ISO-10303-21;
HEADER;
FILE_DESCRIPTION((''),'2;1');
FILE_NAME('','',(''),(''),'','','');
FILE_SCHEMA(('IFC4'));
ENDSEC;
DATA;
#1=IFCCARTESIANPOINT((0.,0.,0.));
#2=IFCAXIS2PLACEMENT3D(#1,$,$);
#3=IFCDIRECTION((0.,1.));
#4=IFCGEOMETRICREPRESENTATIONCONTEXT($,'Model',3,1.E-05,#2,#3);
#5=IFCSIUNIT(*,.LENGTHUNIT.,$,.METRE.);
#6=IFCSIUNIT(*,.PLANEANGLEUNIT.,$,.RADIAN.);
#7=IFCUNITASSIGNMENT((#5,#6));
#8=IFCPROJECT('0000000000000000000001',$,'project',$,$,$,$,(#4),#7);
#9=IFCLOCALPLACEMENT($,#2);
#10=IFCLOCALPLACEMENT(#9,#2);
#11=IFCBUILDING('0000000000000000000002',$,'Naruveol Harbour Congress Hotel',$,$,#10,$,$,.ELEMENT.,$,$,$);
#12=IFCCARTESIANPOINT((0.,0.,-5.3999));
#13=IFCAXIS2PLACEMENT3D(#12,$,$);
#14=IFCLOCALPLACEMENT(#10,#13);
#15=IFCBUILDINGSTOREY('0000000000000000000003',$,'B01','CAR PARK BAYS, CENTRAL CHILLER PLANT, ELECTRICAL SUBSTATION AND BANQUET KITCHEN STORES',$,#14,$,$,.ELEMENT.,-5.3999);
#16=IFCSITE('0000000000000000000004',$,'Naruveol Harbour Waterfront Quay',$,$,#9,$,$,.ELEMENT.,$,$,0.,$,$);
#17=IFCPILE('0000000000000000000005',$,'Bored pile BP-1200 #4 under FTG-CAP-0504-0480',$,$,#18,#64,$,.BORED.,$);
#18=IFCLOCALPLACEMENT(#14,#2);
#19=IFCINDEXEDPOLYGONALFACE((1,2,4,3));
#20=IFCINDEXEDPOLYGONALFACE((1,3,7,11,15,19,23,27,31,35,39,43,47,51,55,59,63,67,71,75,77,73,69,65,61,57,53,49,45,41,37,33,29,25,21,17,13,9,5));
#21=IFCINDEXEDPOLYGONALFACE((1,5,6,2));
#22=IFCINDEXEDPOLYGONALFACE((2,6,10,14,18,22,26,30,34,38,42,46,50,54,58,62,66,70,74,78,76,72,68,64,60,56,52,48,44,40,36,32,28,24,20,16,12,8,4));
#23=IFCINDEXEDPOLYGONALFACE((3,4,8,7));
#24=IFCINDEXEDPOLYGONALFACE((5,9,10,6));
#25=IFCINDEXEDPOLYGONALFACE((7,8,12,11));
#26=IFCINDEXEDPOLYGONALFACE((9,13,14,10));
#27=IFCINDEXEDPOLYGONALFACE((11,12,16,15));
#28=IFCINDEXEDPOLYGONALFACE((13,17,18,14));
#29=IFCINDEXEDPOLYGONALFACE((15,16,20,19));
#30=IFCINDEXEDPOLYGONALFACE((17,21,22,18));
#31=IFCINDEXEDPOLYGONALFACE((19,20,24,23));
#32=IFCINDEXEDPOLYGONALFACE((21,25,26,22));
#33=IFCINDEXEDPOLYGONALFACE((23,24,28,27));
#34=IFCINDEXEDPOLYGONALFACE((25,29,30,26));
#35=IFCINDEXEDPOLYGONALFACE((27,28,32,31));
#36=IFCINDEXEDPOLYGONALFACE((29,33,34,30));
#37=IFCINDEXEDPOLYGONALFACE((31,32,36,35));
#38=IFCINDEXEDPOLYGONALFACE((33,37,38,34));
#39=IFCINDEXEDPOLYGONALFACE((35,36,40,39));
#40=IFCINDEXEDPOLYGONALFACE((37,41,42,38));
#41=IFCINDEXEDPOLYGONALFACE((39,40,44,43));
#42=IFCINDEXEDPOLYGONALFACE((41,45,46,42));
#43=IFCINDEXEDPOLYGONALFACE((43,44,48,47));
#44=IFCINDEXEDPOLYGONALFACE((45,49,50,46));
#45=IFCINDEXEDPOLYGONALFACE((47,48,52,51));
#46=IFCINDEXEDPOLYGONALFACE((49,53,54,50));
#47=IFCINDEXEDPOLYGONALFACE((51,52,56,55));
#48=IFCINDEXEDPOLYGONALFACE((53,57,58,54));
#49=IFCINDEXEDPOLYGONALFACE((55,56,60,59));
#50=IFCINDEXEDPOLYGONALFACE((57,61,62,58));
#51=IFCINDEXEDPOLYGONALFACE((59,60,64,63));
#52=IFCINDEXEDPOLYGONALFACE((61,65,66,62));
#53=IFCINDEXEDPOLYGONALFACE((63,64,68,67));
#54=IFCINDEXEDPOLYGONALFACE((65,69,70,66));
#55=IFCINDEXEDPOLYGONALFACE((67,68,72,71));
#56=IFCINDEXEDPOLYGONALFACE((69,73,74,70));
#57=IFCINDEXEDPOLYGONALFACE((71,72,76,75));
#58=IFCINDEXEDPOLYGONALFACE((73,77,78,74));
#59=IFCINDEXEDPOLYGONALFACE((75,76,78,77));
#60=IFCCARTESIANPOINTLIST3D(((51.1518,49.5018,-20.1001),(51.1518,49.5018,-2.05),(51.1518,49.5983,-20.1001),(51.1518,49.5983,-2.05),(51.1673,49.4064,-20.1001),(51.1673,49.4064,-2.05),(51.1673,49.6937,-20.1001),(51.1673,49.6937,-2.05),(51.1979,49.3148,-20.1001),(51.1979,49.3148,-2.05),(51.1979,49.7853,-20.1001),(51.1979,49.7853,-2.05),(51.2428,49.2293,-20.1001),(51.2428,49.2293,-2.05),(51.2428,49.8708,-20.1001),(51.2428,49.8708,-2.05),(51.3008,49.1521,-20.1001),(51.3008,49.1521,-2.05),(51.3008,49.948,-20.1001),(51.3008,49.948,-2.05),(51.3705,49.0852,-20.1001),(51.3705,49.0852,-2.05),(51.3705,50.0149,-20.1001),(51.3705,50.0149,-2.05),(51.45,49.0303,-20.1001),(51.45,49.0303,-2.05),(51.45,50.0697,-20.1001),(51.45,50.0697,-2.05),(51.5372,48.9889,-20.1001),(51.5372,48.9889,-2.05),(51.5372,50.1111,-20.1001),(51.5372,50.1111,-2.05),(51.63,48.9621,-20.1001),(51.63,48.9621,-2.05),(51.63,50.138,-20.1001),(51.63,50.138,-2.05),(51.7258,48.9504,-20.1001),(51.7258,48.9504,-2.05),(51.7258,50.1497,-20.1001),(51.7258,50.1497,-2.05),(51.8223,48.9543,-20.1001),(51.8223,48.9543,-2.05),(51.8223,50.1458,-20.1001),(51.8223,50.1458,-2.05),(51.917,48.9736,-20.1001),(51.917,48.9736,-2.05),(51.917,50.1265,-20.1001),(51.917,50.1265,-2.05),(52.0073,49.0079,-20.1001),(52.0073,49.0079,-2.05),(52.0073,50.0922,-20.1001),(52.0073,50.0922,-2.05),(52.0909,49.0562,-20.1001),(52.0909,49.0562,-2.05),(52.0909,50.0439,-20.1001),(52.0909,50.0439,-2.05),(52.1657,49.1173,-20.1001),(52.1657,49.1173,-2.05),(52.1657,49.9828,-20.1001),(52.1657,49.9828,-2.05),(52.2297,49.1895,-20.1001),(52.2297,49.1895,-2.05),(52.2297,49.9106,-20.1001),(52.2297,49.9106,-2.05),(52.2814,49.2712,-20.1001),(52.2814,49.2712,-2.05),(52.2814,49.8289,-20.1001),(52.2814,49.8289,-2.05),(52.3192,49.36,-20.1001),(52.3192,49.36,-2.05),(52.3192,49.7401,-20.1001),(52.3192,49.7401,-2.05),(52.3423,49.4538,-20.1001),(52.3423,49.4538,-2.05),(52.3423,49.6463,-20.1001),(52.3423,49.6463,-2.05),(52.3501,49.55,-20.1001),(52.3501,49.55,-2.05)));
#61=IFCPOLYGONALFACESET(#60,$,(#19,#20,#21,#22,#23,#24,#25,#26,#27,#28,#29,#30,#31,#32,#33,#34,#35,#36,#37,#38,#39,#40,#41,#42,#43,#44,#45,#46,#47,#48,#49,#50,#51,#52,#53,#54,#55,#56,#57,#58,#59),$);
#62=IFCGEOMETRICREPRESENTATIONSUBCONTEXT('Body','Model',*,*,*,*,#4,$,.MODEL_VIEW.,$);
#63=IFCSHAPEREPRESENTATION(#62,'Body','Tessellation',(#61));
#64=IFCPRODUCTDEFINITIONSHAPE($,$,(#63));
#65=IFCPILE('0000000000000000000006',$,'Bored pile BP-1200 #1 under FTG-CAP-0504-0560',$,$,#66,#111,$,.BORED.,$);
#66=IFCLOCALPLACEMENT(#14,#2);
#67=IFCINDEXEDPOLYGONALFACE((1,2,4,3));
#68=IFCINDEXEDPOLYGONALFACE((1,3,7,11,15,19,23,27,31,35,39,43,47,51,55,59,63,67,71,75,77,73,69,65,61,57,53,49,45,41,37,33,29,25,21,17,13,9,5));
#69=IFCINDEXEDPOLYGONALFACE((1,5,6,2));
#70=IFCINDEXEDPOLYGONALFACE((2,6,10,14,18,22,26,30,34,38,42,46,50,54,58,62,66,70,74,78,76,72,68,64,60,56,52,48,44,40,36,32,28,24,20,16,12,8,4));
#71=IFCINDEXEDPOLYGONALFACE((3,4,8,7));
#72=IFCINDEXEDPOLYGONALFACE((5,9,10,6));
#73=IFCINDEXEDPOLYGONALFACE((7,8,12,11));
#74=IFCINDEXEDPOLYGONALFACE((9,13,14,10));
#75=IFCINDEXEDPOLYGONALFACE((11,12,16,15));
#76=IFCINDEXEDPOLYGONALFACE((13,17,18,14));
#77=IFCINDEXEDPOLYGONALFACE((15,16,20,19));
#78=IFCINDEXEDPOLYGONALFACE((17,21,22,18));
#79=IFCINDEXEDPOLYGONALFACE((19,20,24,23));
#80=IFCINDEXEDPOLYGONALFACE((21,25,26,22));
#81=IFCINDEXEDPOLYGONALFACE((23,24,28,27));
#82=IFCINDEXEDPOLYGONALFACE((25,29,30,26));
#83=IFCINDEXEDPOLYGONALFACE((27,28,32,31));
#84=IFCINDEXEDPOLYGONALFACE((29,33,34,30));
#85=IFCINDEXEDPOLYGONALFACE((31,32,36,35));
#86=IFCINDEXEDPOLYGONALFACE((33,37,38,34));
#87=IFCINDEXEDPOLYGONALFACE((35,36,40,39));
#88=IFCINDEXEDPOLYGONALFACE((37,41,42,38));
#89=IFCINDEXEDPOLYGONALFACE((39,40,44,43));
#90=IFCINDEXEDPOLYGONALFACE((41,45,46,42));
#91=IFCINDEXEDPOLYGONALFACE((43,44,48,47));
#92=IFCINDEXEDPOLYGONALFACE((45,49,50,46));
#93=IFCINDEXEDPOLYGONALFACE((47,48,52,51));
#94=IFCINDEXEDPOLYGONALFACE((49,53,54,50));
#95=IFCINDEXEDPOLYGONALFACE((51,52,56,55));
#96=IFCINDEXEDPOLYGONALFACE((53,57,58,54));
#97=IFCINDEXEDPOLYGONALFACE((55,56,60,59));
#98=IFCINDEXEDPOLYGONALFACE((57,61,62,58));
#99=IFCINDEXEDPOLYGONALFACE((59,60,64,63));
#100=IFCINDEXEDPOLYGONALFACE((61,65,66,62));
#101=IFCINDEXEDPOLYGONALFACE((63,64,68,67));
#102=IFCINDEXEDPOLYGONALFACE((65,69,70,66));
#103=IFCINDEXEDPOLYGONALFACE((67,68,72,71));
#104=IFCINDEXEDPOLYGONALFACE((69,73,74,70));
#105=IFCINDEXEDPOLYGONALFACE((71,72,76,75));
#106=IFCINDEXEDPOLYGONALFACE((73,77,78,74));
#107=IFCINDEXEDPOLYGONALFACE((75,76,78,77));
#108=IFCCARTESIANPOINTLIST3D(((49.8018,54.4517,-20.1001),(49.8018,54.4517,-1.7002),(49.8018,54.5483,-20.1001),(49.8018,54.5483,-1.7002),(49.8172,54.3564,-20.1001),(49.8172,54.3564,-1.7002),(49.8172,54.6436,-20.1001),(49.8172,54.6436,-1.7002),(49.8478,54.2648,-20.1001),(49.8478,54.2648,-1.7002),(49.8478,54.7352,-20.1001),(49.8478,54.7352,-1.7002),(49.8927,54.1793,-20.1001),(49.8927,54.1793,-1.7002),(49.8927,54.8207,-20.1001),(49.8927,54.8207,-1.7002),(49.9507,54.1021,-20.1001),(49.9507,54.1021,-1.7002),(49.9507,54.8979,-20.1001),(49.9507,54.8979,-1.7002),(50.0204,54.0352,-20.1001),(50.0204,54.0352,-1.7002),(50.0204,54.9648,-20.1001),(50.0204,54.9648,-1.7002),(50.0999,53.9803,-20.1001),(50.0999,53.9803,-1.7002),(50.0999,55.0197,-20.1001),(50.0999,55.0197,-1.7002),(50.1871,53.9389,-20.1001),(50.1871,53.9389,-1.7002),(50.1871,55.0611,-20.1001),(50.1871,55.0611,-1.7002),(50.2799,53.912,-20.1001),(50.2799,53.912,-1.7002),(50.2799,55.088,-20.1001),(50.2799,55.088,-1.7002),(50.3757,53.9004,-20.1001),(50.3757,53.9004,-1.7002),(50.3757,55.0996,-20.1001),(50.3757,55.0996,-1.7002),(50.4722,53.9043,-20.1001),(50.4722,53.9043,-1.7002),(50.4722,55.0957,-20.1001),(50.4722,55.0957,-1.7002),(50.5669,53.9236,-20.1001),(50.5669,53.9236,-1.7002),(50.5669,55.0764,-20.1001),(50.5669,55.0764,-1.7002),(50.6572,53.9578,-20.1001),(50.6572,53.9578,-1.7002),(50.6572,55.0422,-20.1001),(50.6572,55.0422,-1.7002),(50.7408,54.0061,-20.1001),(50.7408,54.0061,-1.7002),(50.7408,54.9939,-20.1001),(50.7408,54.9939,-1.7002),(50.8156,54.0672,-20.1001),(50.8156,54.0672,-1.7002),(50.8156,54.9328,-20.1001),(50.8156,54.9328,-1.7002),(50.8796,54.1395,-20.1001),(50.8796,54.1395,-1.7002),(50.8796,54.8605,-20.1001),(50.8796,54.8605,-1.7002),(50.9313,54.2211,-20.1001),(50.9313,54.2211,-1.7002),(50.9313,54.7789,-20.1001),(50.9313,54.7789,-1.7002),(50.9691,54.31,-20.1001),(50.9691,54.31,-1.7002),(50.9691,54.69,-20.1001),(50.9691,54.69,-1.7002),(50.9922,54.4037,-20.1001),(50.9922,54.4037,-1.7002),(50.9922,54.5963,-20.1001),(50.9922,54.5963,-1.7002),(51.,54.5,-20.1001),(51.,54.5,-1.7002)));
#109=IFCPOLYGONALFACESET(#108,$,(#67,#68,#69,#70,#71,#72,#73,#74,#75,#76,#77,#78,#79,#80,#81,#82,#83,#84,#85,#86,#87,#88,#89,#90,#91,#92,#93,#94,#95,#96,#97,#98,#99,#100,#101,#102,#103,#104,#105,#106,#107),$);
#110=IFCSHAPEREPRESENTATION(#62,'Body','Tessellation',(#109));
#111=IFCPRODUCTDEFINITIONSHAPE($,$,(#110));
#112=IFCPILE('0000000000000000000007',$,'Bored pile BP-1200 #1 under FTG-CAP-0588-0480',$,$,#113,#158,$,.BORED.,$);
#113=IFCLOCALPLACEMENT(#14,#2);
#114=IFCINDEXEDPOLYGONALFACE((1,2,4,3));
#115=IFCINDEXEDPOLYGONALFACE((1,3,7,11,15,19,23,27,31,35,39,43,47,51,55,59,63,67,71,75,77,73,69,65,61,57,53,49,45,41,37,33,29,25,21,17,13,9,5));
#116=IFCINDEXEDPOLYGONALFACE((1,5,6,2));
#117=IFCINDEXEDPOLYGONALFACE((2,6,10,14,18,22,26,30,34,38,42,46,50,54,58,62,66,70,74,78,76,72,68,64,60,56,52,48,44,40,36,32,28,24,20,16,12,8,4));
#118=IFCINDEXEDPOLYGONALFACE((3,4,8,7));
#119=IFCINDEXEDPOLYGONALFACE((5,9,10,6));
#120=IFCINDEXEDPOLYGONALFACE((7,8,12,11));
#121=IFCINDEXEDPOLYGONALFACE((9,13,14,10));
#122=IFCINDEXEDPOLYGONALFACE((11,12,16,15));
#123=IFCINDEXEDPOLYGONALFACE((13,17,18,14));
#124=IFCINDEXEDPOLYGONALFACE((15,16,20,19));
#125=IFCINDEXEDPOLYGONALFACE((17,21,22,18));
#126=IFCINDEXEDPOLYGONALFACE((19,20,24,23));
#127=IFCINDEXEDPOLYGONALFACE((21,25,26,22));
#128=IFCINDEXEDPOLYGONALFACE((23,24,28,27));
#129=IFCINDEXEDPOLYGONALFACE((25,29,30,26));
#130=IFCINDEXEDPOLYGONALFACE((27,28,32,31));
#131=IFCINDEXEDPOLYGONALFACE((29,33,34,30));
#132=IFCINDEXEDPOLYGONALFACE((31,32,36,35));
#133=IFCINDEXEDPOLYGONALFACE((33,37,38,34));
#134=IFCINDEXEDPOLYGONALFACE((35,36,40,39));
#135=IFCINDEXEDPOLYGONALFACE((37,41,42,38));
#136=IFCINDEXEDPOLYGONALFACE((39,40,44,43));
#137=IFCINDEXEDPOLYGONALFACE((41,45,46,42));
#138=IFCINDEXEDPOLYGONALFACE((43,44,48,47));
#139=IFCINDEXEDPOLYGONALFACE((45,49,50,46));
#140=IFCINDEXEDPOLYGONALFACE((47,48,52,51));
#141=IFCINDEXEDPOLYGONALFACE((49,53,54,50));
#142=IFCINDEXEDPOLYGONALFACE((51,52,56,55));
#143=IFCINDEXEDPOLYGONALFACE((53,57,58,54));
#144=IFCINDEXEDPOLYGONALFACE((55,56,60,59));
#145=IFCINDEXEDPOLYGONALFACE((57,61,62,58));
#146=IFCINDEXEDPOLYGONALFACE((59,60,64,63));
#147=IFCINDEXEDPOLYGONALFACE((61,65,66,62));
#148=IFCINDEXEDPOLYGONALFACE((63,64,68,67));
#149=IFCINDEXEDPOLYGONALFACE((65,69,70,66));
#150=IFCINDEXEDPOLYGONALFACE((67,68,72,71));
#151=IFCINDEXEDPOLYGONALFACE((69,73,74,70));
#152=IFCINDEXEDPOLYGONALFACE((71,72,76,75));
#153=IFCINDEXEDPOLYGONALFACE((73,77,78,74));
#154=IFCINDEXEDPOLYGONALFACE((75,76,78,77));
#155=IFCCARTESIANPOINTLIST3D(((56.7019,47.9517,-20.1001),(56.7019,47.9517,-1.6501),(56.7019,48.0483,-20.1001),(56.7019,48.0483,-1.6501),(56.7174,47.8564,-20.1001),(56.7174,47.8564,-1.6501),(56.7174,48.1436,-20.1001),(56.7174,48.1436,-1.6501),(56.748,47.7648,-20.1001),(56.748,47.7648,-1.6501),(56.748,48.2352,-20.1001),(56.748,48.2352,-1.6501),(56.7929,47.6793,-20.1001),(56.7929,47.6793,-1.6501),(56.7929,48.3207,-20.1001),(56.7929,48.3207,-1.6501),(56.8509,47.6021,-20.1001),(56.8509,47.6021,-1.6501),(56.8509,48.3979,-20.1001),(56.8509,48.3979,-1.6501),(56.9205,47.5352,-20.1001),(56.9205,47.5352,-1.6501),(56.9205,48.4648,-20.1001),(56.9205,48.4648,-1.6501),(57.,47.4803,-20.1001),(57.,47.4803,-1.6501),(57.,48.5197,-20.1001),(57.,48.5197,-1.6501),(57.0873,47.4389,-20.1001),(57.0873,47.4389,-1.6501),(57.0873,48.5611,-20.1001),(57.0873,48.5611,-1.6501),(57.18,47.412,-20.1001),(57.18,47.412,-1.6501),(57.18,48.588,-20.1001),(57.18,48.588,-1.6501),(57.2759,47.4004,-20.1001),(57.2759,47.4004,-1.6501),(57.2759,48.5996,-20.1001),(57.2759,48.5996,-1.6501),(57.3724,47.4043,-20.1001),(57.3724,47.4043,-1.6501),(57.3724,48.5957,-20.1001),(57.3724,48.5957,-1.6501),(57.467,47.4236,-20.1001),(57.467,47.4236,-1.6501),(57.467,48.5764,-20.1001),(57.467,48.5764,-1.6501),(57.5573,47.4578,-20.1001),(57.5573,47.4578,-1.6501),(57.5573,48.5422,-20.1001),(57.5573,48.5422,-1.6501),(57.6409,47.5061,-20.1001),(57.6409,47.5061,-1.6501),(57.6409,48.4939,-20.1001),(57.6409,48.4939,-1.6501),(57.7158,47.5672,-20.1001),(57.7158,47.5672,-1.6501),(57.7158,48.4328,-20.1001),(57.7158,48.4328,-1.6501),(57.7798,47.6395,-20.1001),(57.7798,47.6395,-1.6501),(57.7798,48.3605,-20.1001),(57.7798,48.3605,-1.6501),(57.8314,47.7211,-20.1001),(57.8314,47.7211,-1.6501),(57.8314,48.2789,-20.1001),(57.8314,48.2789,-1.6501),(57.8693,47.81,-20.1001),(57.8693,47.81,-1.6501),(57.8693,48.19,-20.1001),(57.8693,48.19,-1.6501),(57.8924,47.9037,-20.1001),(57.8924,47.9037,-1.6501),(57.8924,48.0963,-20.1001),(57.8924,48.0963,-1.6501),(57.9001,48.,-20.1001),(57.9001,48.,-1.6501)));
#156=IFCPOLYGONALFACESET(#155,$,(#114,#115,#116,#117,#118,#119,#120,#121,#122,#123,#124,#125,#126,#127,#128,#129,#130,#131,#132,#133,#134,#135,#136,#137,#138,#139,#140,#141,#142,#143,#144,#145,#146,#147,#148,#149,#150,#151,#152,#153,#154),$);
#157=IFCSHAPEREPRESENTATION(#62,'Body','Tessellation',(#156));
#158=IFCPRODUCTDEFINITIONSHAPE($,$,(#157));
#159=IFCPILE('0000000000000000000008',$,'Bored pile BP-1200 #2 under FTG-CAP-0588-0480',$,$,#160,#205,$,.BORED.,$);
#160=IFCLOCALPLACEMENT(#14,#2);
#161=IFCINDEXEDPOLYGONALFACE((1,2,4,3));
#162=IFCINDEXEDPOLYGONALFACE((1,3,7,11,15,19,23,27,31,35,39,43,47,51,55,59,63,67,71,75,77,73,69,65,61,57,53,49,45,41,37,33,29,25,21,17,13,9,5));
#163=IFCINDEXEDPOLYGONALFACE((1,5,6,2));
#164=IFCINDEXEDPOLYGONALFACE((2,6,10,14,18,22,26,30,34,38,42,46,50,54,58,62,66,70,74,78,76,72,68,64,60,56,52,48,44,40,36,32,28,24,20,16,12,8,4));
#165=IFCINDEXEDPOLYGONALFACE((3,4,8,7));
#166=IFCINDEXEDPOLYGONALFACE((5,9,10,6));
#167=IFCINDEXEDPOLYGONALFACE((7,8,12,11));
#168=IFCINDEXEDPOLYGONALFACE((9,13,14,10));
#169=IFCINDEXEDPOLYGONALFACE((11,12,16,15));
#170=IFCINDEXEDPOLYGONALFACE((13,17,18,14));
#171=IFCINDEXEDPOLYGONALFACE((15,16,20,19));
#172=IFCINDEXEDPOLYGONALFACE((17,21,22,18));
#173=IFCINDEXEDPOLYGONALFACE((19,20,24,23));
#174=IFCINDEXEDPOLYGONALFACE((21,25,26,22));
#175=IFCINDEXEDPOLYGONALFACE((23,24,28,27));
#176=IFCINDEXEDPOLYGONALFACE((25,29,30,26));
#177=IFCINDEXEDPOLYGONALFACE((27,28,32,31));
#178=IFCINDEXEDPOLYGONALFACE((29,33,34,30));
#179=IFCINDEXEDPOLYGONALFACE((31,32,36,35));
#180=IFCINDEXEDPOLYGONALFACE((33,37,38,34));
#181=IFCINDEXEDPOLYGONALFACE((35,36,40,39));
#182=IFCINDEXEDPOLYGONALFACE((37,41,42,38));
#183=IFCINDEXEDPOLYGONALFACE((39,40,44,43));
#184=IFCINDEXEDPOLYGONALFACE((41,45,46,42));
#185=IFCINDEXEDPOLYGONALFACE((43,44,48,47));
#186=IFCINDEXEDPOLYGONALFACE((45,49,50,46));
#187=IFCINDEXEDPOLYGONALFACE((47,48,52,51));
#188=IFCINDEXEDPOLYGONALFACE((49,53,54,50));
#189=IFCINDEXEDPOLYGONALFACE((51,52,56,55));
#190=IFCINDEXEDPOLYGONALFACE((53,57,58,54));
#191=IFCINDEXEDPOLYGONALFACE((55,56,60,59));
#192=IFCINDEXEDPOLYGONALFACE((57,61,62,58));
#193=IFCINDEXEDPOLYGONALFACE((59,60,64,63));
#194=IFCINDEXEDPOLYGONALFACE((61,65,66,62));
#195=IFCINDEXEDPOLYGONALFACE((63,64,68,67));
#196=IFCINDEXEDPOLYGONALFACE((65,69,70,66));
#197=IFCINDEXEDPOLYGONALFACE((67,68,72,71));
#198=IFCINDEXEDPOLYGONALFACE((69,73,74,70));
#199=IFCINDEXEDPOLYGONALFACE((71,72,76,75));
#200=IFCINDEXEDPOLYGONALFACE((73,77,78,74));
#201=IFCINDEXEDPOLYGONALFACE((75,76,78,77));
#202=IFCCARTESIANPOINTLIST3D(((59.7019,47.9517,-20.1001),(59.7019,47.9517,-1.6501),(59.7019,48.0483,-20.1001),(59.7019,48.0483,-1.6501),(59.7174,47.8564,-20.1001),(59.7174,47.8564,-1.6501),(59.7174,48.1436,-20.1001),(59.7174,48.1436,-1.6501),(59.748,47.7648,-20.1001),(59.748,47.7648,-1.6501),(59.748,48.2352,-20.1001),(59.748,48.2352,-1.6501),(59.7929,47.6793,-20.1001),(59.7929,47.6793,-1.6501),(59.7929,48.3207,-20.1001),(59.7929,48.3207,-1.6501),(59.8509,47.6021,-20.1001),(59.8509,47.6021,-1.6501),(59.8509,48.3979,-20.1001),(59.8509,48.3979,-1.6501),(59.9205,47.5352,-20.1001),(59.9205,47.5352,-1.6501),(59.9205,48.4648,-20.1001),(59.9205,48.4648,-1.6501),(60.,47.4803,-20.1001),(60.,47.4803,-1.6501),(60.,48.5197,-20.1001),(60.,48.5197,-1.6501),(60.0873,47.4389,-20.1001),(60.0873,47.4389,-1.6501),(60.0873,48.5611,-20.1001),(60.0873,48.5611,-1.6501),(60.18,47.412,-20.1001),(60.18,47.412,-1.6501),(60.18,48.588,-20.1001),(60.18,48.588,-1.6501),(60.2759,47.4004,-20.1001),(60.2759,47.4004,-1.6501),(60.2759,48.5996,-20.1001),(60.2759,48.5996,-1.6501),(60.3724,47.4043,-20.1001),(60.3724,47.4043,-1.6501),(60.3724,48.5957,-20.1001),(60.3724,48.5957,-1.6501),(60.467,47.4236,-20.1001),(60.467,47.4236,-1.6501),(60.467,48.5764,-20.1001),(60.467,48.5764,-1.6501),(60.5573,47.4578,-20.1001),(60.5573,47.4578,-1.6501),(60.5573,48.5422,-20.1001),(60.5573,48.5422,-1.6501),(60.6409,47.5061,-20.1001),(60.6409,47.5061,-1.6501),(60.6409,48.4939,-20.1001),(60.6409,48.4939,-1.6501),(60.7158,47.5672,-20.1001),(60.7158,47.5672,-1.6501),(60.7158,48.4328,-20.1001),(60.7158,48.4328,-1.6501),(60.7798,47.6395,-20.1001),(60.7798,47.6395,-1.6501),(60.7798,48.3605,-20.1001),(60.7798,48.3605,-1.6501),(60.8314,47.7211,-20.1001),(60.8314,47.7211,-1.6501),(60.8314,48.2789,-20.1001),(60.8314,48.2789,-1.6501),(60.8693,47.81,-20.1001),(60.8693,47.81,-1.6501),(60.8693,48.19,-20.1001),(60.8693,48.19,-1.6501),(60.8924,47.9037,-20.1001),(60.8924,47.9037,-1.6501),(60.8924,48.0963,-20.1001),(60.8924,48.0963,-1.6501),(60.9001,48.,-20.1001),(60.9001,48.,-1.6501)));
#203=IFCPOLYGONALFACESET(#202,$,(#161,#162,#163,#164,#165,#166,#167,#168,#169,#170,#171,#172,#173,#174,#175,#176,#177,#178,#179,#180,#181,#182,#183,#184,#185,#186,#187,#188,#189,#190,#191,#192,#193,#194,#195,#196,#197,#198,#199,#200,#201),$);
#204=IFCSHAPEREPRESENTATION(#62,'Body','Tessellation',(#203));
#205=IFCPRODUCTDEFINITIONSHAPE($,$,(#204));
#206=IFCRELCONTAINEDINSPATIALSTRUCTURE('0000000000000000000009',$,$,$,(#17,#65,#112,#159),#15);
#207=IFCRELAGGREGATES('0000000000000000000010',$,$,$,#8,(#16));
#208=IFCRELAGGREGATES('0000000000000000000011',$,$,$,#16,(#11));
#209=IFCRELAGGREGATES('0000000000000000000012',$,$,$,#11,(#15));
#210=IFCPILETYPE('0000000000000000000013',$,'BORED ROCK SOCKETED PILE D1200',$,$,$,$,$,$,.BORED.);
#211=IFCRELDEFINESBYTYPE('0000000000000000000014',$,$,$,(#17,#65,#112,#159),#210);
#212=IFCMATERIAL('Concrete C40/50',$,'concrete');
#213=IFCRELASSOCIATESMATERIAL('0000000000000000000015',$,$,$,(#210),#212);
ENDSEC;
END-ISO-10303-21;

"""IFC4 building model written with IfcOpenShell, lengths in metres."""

from ifc_helpers import new_model, si_unit, direction, frame, origin, origin_2d, place, context, subcontext, project, spatial, circle, extrude, material, material_profile, profile_set, type_object, element, save


model = new_model("IFC4")

# Units and contexts
model_context = context("Model", 3, precision=1e-05, world=origin(), true_north=direction((0.0, 1.0)))
body_context = subcontext(model_context, "Body", "Model", "MODEL_VIEW")
ifc_project = project(units=[si_unit("LENGTHUNIT", "METRE"), si_unit("PLANEANGLEUNIT", "RADIAN")], contexts=[model_context])

# Site, building, storey
site_placement = place(None, origin())
site = spatial("IfcSite", under=ifc_project, at=site_placement, Name="Naruveol Harbour Waterfront Quay", CompositionType="ELEMENT", RefElevation=0.0)
building_placement = place(site_placement, origin())
building = spatial("IfcBuilding", under=site, at=building_placement, Name="Naruveol Harbour Congress Hotel", CompositionType="ELEMENT")
storey_placement = place(building_placement, frame((0.0, 0.0, -5.3999)))
storey = spatial("IfcBuildingStorey", under=building, at=storey_placement, Name="B01", Description="CAR PARK BAYS, CENTRAL CHILLER PLANT, ELECTRICAL SUBSTATION AND BANQUET KITCHEN STORES", CompositionType="ELEMENT", Elevation=-5.3999)

# Piles
ifc_material_1 = material(Name="Concrete C40/50", Category="concrete")
ifc_material_profile_1 = material_profile(ifc_material_1, circle(Radius=0.6001, at=origin_2d()), Name="BP-1200")
ifc_profile_set_1 = profile_set([ifc_material_profile_1], Name="Concrete C40/50")
pile_type_1 = type_object("IfcPileType", Name="BORED ROCK SOCKETED PILE D1200", PredefinedType="BORED", material=ifc_profile_set_1)
for number, where, z_axis, x_axis, name in (
    (1, (51.75, 49.55, -2.05), (0.0, 0.0, -1.0), (1.0, 0.0, 0.0), "Bored pile BP-1200 #4 under FTG-CAP-0504-0480"),
):
    element("IfcPile", number, at=place(storey_placement, frame(where, z_axis=z_axis, x_axis=x_axis)), inside=storey, type_object=pile_type_1, Name=name, PredefinedType="BORED", context=body_context, shape_type="SweptSolid", body=[
        extrude(circle(Radius=0.6001, at=origin_2d()), origin(), (0.0, 0.0, 1.0), 18.05),
    ])
pile_placement = place(storey_placement, frame((50.3999, 54.5, -1.7002), z_axis=(0.0, 0.0, -1.0), x_axis=(1.0, 0.0, 0.0)))
element("IfcPile", 2, at=pile_placement, inside=storey, type_object=pile_type_1, Name="Bored pile BP-1200 #1 under FTG-CAP-0504-0560", PredefinedType="BORED", context=body_context, shape_type="SweptSolid", body=[
    extrude(circle(Radius=0.6001, at=origin_2d()), origin(), (0.0, 0.0, 1.0), 18.3999),
])
for number, where, z_axis, x_axis, name in (
    (3, (57.3, 48.0, -1.6501), (0.0, 0.0, -1.0), (1.0, 0.0, 0.0), "Bored pile BP-1200 #1 under FTG-CAP-0588-0480"),
    (4, (60.3, 48.0, -1.6501), (0.0, 0.0, -1.0), (1.0, 0.0, 0.0), "Bored pile BP-1200 #2 under FTG-CAP-0588-0480"),
):
    element("IfcPile", number, at=place(storey_placement, frame(where, z_axis=z_axis, x_axis=x_axis)), inside=storey, type_object=pile_type_1, Name=name, PredefinedType="BORED", context=body_context, shape_type="SweptSolid", body=[
        extrude(circle(Radius=0.6001, at=origin_2d()), origin(), (0.0, 0.0, 1.0), 18.45),
    ])

save(model, "model.ifc")
